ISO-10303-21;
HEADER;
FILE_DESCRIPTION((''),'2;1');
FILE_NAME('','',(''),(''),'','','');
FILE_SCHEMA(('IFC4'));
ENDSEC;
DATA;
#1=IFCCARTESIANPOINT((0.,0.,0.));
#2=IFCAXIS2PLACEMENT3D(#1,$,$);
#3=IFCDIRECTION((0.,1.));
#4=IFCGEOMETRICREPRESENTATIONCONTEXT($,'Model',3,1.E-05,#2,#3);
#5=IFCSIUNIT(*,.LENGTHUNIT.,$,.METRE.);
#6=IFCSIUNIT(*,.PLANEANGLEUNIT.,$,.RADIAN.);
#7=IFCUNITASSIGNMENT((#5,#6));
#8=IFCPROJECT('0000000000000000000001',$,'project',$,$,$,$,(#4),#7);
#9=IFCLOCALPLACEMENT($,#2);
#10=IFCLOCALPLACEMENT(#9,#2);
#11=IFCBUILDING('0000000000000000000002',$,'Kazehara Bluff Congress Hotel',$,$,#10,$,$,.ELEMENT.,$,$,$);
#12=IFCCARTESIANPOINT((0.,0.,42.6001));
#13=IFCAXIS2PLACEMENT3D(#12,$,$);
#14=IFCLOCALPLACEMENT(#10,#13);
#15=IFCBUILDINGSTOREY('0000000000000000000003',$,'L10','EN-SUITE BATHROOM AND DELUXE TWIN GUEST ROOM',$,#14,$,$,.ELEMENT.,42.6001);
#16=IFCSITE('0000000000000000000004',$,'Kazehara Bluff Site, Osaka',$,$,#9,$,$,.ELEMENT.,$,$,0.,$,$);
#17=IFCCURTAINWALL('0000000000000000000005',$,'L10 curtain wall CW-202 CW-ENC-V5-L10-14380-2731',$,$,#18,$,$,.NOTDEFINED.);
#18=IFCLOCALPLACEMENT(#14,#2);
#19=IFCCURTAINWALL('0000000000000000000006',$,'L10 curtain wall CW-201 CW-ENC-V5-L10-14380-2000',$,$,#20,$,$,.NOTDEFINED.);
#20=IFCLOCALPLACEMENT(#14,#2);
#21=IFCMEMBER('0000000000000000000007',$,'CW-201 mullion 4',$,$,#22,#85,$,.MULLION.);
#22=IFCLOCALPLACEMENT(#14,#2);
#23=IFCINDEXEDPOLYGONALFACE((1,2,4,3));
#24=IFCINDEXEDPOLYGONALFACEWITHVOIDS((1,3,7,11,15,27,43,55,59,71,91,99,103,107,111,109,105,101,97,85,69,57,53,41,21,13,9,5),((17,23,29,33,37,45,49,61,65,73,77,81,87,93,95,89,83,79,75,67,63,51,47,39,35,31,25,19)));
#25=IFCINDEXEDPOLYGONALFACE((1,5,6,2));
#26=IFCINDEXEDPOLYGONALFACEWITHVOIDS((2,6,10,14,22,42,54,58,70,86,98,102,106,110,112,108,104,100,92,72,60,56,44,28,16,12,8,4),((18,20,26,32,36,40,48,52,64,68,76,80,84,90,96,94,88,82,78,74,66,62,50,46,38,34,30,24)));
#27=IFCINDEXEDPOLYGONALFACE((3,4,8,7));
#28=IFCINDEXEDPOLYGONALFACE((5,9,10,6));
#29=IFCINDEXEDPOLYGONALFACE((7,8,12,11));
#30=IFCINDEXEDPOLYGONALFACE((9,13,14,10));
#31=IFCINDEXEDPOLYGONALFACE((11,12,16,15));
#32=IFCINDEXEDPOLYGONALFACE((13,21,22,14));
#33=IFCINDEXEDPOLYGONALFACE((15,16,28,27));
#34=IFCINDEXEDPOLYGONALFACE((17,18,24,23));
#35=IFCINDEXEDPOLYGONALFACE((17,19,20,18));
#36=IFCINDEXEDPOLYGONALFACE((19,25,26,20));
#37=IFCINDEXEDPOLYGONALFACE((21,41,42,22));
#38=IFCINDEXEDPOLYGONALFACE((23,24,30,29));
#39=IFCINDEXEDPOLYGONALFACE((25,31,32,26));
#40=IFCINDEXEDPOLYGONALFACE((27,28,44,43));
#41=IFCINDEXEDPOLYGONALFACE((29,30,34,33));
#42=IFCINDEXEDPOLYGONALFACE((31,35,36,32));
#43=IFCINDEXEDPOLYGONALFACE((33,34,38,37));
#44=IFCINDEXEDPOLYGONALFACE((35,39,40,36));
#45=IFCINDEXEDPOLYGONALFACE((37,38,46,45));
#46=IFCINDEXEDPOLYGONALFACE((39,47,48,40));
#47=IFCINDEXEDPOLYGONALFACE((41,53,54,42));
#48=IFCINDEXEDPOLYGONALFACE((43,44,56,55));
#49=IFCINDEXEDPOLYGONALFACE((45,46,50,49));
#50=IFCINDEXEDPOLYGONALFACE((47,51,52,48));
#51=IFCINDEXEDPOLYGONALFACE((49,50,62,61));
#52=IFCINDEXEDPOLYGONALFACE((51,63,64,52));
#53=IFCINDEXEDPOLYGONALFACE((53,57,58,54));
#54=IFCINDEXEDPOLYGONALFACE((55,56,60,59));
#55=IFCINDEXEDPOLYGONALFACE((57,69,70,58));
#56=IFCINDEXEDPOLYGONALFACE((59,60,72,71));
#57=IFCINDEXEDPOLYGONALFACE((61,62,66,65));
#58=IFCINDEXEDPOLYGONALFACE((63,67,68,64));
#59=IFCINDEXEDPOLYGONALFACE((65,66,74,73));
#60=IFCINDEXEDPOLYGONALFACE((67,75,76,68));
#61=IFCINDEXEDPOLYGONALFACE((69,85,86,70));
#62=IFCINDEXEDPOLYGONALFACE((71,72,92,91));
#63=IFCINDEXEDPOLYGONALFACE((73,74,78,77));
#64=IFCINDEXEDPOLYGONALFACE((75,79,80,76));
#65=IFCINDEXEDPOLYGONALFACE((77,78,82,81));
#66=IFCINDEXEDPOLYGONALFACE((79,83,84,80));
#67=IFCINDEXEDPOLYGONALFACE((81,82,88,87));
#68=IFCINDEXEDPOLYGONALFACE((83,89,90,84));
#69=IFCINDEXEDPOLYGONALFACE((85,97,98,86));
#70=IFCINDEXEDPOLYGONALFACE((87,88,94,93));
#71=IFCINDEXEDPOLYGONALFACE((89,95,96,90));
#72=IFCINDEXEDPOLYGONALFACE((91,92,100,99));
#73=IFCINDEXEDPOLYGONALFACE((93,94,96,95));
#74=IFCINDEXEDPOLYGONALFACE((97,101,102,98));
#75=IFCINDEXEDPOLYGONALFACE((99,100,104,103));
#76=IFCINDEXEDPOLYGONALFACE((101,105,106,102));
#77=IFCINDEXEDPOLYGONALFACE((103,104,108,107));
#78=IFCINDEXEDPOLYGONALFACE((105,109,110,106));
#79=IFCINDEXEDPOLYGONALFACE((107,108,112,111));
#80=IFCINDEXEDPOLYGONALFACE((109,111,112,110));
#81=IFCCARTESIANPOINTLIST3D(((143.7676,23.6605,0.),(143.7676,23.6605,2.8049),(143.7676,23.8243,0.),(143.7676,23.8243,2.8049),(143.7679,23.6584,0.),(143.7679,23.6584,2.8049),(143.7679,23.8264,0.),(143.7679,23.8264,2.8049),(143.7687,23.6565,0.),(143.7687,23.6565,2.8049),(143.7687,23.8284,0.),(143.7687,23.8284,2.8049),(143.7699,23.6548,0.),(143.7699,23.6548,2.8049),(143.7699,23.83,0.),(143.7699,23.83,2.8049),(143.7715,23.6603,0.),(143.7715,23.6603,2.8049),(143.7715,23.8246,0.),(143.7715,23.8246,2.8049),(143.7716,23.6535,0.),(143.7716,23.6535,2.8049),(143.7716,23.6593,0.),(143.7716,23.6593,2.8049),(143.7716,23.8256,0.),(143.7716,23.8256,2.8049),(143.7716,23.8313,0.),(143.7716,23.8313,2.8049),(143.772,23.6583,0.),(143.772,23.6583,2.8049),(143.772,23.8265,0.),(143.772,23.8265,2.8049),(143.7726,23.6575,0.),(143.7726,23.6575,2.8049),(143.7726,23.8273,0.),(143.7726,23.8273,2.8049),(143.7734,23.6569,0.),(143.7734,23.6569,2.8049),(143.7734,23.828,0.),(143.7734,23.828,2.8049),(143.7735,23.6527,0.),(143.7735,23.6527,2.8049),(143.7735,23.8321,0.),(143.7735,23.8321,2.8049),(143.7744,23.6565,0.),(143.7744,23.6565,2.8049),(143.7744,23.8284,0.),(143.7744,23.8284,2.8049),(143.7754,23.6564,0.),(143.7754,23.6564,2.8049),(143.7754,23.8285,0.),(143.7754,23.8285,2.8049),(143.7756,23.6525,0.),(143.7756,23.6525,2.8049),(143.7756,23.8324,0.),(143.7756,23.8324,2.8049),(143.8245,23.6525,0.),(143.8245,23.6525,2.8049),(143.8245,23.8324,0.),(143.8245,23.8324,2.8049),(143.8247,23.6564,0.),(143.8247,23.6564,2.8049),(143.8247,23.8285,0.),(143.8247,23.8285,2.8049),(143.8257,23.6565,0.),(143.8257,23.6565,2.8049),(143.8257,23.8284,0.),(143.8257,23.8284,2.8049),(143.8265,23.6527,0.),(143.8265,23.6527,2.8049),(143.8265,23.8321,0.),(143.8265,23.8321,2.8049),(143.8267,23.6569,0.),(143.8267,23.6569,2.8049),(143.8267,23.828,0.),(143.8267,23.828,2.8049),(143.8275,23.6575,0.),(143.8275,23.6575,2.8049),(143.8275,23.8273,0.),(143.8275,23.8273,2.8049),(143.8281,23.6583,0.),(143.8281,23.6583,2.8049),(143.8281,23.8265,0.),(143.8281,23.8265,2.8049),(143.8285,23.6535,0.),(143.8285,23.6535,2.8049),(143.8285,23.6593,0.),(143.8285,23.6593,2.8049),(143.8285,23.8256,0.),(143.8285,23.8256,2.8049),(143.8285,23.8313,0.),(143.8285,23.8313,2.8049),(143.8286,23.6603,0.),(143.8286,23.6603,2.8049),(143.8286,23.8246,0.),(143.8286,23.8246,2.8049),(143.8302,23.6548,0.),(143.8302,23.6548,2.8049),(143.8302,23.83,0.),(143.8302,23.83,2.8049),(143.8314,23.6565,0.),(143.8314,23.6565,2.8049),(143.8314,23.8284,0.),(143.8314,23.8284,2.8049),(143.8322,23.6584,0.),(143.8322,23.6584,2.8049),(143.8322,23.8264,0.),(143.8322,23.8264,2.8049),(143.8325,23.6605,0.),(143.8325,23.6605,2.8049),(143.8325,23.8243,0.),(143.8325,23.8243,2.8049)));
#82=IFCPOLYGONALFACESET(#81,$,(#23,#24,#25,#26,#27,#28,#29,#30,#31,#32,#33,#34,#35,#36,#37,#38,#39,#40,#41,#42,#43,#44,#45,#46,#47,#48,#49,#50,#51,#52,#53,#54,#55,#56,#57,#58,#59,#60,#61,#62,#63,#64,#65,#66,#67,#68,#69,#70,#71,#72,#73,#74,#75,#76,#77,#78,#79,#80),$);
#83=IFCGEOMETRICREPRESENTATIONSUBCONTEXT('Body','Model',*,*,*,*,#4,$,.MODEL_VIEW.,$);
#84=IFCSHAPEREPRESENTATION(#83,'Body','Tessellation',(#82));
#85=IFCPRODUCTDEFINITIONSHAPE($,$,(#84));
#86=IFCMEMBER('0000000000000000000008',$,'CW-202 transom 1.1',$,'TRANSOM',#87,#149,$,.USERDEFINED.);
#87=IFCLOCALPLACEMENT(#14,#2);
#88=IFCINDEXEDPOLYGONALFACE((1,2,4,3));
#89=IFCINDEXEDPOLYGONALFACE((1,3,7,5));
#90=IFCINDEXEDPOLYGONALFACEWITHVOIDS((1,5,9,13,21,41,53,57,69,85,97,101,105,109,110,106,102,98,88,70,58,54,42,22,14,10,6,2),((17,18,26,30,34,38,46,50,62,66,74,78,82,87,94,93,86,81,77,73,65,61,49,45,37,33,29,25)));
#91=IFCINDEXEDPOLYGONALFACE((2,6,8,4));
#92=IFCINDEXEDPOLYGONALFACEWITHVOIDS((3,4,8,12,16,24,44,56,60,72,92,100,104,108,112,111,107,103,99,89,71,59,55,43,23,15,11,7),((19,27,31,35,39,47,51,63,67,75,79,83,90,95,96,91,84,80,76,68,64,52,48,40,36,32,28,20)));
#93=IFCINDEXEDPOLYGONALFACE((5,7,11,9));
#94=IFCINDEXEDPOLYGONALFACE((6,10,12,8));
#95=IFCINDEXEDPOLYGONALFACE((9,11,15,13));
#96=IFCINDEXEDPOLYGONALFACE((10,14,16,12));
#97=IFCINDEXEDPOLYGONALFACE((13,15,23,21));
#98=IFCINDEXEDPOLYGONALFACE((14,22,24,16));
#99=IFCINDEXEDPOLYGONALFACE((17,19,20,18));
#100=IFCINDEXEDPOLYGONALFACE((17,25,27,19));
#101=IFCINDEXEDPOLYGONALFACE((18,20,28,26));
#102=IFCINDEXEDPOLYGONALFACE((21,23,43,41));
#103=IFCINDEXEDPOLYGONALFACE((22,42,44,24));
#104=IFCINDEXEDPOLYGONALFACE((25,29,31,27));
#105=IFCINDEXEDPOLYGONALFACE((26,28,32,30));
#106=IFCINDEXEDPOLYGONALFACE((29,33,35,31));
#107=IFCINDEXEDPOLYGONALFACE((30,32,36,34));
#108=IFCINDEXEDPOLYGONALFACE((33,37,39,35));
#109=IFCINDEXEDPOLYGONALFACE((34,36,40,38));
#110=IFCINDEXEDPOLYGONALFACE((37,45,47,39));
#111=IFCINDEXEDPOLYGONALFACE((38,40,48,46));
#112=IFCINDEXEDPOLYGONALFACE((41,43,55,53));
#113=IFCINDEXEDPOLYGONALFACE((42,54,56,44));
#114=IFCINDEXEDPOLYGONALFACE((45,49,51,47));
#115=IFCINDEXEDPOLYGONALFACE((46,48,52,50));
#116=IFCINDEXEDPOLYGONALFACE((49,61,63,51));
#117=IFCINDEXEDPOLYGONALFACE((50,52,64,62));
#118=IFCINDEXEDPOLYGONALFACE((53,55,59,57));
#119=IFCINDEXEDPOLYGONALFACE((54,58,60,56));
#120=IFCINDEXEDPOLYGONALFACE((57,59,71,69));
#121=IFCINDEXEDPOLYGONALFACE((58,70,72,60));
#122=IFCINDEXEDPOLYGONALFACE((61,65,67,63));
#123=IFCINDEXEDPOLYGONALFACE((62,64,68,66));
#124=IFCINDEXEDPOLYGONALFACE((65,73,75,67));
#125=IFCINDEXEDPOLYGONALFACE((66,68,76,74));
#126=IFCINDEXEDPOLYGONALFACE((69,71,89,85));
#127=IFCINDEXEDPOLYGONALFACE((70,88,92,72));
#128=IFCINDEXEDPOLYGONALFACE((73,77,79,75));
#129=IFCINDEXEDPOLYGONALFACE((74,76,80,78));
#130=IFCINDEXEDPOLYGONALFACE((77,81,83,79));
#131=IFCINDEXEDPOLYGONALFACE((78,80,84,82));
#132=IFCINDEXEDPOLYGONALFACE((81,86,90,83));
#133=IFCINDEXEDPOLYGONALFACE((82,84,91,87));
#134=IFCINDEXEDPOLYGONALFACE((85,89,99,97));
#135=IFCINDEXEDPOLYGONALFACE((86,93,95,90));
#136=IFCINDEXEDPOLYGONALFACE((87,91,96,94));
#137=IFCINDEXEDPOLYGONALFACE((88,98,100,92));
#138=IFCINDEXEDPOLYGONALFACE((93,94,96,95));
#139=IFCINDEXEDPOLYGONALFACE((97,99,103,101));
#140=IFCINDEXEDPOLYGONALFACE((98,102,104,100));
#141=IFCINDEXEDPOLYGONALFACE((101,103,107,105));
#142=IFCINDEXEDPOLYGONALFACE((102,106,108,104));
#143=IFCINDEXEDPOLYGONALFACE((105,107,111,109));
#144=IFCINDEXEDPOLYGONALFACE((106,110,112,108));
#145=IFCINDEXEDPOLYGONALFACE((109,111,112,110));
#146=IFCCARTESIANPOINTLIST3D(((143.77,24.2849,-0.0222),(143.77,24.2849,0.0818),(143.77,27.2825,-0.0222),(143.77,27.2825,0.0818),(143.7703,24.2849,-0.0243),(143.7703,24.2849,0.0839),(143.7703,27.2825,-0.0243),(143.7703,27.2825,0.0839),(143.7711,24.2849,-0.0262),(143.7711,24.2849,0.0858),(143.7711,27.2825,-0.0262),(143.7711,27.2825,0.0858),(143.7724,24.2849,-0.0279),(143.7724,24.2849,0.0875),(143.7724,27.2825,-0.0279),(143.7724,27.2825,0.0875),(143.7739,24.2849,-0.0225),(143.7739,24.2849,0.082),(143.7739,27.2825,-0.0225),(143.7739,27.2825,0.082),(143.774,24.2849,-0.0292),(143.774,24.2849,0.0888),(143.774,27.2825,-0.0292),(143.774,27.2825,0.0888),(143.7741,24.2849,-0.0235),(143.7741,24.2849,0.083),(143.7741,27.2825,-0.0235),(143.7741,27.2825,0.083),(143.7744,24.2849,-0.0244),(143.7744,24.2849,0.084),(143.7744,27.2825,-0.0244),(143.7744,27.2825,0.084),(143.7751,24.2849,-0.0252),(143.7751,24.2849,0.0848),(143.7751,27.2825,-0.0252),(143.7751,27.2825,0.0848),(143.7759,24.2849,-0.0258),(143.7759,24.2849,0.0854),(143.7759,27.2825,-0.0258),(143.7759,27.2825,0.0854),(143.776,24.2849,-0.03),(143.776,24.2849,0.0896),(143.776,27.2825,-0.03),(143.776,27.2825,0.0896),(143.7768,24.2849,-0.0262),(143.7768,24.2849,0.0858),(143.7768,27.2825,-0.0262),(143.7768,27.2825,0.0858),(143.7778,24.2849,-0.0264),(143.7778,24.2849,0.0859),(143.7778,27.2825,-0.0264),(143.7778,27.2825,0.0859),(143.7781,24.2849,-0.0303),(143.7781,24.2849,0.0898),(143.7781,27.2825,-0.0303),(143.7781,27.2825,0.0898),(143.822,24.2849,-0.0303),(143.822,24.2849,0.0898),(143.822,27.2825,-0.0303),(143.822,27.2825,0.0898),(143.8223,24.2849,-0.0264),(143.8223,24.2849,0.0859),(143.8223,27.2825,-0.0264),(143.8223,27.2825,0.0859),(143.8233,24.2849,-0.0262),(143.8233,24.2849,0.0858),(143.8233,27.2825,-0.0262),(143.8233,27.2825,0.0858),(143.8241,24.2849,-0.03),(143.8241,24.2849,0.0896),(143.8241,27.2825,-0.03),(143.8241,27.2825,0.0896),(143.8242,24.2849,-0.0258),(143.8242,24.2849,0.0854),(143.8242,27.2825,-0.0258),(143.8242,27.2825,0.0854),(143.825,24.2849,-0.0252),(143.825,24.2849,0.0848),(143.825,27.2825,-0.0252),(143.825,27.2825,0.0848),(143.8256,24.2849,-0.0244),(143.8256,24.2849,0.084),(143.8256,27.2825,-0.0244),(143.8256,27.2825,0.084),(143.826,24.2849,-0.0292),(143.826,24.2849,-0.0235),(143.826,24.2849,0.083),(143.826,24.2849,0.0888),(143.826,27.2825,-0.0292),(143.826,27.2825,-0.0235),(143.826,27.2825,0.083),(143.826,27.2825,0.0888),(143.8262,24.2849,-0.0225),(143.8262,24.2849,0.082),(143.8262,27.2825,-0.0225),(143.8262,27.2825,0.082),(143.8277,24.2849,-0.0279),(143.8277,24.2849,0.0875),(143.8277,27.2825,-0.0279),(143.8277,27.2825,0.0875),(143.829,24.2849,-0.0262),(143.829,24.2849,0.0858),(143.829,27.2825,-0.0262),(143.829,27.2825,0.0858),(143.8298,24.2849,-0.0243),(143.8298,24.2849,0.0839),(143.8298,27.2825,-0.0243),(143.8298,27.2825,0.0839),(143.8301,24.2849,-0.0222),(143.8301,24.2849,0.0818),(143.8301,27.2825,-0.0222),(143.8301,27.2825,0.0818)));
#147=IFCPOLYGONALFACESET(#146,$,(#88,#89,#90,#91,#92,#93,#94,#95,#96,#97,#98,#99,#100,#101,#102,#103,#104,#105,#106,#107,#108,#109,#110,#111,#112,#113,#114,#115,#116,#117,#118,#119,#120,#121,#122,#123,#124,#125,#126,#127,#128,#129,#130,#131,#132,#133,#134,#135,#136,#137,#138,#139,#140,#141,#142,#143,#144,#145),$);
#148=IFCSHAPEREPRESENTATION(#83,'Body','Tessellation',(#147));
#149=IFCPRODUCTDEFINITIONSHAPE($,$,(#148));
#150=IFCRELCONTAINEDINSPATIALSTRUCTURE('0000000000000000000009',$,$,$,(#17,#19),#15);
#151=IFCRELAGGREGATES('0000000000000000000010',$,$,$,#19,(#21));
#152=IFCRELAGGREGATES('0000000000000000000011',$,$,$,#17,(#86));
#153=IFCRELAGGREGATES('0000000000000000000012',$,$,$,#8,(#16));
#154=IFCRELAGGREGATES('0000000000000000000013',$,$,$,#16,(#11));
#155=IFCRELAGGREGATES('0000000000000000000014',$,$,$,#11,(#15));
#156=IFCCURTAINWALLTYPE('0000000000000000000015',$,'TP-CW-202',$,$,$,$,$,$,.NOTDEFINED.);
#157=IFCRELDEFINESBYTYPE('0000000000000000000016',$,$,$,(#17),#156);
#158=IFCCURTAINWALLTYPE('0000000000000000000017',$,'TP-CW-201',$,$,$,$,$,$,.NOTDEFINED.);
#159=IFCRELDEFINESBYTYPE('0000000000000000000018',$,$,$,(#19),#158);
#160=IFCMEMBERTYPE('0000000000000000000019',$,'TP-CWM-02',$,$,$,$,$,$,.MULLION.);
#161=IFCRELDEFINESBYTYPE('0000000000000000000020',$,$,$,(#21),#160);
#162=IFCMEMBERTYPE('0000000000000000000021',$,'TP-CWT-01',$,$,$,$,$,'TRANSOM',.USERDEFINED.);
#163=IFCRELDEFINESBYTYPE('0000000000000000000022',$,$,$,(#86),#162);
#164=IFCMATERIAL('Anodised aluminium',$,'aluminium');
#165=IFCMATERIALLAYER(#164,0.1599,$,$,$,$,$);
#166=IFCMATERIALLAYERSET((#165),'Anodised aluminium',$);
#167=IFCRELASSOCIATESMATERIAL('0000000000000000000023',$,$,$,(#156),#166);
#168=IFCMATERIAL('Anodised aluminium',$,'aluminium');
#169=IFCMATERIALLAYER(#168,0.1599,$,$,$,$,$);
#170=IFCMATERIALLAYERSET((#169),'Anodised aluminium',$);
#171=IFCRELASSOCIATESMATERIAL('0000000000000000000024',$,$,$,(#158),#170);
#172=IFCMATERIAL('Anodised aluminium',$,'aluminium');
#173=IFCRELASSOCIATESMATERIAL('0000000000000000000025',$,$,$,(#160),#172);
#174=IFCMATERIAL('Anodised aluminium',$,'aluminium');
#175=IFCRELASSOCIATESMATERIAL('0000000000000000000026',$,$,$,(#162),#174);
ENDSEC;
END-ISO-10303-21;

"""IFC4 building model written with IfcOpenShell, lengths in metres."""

from ifc_helpers import new_model, si_unit, direction, frame, origin, origin_2d, place, context, subcontext, project, spatial, hollow_rectangle, extrude, material, layer, layer_set, material_profile, profile_set, type_object, element, aggregate, save


model = new_model("IFC4")

# Units and contexts
model_context = context("Model", 3, precision=1e-05, world=origin(), true_north=direction((0.0, 1.0)))
body_context = subcontext(model_context, "Body", "Model", "MODEL_VIEW")
ifc_project = project(units=[si_unit("LENGTHUNIT", "METRE"), si_unit("PLANEANGLEUNIT", "RADIAN")], contexts=[model_context])

# Site, building, storey
site_placement = place(None, origin())
site = spatial("IfcSite", under=ifc_project, at=site_placement, Name="Kazehara Bluff Site, Osaka", CompositionType="ELEMENT", RefElevation=0.0)
building_placement = place(site_placement, origin())
building = spatial("IfcBuilding", under=site, at=building_placement, Name="Kazehara Bluff Congress Hotel", CompositionType="ELEMENT")
storey_placement = place(building_placement, frame((0.0, 0.0, 42.6001)))
storey = spatial("IfcBuildingStorey", under=building, at=storey_placement, Name="L10", Description="EN-SUITE BATHROOM AND DELUXE TWIN GUEST ROOM", CompositionType="ELEMENT", Elevation=42.6001)

# Curtain walls, member
ifc_material_1 = material(Name="Anodised aluminium", Category="aluminium")
ifc_layer_1 = layer(ifc_material_1, 0.1599)
ifc_layer_set_1 = layer_set([ifc_layer_1], Name="Anodised aluminium")
curtain_wall_type_1 = type_object("IfcCurtainWallType", Name="TP-CW-202", PredefinedType="NOTDEFINED", material=ifc_layer_set_1)
curtain_wall_1_placement = place(storey_placement, origin())
curtain_wall_1 = element("IfcCurtainWall", 1, at=curtain_wall_1_placement, inside=storey, type_object=curtain_wall_type_1, Name="L10 curtain wall CW-202 CW-ENC-V5-L10-14380-2731", PredefinedType="NOTDEFINED")
ifc_material_2 = material(Name="Anodised aluminium", Category="aluminium")
ifc_layer_2 = layer(ifc_material_2, 0.1599)
ifc_layer_set_2 = layer_set([ifc_layer_2], Name="Anodised aluminium")
curtain_wall_type_2 = type_object("IfcCurtainWallType", Name="TP-CW-201", PredefinedType="NOTDEFINED", material=ifc_layer_set_2)
curtain_wall_2_placement = place(storey_placement, origin())
curtain_wall_2 = element("IfcCurtainWall", 2, at=curtain_wall_2_placement, inside=storey, type_object=curtain_wall_type_2, Name="L10 curtain wall CW-201 CW-ENC-V5-L10-14380-2000", PredefinedType="NOTDEFINED")
ifc_material_3 = material(Name="Anodised aluminium", Category="aluminium")
ifc_material_profile_1 = material_profile(ifc_material_3, hollow_rectangle(XDim=0.0649, YDim=0.1799, WallThickness=0.0039, InnerFilletRadius=0.0039, OuterFilletRadius=0.0081, at=origin_2d()))
ifc_profile_set_1 = profile_set([ifc_material_profile_1], Name="Anodised aluminium")
member_type_1 = type_object("IfcMemberType", Name="TP-CWM-02", PredefinedType="MULLION", material=ifc_profile_set_1)
member_1_placement = place(storey_placement, frame((143.8, 23.7424, 0.0), z_axis=(0.0, 0.0, 1.0), x_axis=(-1.0, 0.0, 0.0)))
member_1 = element("IfcMember", 3, at=member_1_placement, type_object=member_type_1, Name="CW-201 mullion 4", PredefinedType="MULLION", context=body_context, shape_type="SweptSolid", body=[
    extrude(hollow_rectangle(XDim=0.0649, YDim=0.1799, WallThickness=0.0039, InnerFilletRadius=0.0039, OuterFilletRadius=0.0081, at=origin_2d()), origin(), (0.0, 0.0, 1.0), 2.8049),
])

# Member
ifc_material_4 = material(Name="Anodised aluminium", Category="aluminium")
ifc_material_profile_2 = material_profile(ifc_material_4, hollow_rectangle(XDim=0.0601, YDim=0.1201, WallThickness=0.0039, InnerFilletRadius=0.0039, OuterFilletRadius=0.0081, at=origin_2d()))
ifc_profile_set_2 = profile_set([ifc_material_profile_2], Name="Anodised aluminium")
member_type_2 = type_object("IfcMemberType", Name="TP-CWT-01", ElementType="TRANSOM", PredefinedType="USERDEFINED", material=ifc_profile_set_2)
member_2_placement = place(storey_placement, frame((143.8, 24.2849, 0.0298), z_axis=(0.0, 1.0, 0.0), x_axis=(-1.0, 0.0, 0.0)))
member_2 = element("IfcMember", 4, at=member_2_placement, type_object=member_type_2, Name="CW-202 transom 1.1", ObjectType="TRANSOM", PredefinedType="USERDEFINED", context=body_context, shape_type="SweptSolid", body=[
    extrude(hollow_rectangle(XDim=0.0601, YDim=0.1201, WallThickness=0.0039, InnerFilletRadius=0.0039, OuterFilletRadius=0.0081, at=origin_2d()), origin(), (0.0, 0.0, 1.0), 2.9976),
])

aggregate(curtain_wall_2, [member_1])
aggregate(curtain_wall_1, [member_2])

save(model, "model.ifc")
